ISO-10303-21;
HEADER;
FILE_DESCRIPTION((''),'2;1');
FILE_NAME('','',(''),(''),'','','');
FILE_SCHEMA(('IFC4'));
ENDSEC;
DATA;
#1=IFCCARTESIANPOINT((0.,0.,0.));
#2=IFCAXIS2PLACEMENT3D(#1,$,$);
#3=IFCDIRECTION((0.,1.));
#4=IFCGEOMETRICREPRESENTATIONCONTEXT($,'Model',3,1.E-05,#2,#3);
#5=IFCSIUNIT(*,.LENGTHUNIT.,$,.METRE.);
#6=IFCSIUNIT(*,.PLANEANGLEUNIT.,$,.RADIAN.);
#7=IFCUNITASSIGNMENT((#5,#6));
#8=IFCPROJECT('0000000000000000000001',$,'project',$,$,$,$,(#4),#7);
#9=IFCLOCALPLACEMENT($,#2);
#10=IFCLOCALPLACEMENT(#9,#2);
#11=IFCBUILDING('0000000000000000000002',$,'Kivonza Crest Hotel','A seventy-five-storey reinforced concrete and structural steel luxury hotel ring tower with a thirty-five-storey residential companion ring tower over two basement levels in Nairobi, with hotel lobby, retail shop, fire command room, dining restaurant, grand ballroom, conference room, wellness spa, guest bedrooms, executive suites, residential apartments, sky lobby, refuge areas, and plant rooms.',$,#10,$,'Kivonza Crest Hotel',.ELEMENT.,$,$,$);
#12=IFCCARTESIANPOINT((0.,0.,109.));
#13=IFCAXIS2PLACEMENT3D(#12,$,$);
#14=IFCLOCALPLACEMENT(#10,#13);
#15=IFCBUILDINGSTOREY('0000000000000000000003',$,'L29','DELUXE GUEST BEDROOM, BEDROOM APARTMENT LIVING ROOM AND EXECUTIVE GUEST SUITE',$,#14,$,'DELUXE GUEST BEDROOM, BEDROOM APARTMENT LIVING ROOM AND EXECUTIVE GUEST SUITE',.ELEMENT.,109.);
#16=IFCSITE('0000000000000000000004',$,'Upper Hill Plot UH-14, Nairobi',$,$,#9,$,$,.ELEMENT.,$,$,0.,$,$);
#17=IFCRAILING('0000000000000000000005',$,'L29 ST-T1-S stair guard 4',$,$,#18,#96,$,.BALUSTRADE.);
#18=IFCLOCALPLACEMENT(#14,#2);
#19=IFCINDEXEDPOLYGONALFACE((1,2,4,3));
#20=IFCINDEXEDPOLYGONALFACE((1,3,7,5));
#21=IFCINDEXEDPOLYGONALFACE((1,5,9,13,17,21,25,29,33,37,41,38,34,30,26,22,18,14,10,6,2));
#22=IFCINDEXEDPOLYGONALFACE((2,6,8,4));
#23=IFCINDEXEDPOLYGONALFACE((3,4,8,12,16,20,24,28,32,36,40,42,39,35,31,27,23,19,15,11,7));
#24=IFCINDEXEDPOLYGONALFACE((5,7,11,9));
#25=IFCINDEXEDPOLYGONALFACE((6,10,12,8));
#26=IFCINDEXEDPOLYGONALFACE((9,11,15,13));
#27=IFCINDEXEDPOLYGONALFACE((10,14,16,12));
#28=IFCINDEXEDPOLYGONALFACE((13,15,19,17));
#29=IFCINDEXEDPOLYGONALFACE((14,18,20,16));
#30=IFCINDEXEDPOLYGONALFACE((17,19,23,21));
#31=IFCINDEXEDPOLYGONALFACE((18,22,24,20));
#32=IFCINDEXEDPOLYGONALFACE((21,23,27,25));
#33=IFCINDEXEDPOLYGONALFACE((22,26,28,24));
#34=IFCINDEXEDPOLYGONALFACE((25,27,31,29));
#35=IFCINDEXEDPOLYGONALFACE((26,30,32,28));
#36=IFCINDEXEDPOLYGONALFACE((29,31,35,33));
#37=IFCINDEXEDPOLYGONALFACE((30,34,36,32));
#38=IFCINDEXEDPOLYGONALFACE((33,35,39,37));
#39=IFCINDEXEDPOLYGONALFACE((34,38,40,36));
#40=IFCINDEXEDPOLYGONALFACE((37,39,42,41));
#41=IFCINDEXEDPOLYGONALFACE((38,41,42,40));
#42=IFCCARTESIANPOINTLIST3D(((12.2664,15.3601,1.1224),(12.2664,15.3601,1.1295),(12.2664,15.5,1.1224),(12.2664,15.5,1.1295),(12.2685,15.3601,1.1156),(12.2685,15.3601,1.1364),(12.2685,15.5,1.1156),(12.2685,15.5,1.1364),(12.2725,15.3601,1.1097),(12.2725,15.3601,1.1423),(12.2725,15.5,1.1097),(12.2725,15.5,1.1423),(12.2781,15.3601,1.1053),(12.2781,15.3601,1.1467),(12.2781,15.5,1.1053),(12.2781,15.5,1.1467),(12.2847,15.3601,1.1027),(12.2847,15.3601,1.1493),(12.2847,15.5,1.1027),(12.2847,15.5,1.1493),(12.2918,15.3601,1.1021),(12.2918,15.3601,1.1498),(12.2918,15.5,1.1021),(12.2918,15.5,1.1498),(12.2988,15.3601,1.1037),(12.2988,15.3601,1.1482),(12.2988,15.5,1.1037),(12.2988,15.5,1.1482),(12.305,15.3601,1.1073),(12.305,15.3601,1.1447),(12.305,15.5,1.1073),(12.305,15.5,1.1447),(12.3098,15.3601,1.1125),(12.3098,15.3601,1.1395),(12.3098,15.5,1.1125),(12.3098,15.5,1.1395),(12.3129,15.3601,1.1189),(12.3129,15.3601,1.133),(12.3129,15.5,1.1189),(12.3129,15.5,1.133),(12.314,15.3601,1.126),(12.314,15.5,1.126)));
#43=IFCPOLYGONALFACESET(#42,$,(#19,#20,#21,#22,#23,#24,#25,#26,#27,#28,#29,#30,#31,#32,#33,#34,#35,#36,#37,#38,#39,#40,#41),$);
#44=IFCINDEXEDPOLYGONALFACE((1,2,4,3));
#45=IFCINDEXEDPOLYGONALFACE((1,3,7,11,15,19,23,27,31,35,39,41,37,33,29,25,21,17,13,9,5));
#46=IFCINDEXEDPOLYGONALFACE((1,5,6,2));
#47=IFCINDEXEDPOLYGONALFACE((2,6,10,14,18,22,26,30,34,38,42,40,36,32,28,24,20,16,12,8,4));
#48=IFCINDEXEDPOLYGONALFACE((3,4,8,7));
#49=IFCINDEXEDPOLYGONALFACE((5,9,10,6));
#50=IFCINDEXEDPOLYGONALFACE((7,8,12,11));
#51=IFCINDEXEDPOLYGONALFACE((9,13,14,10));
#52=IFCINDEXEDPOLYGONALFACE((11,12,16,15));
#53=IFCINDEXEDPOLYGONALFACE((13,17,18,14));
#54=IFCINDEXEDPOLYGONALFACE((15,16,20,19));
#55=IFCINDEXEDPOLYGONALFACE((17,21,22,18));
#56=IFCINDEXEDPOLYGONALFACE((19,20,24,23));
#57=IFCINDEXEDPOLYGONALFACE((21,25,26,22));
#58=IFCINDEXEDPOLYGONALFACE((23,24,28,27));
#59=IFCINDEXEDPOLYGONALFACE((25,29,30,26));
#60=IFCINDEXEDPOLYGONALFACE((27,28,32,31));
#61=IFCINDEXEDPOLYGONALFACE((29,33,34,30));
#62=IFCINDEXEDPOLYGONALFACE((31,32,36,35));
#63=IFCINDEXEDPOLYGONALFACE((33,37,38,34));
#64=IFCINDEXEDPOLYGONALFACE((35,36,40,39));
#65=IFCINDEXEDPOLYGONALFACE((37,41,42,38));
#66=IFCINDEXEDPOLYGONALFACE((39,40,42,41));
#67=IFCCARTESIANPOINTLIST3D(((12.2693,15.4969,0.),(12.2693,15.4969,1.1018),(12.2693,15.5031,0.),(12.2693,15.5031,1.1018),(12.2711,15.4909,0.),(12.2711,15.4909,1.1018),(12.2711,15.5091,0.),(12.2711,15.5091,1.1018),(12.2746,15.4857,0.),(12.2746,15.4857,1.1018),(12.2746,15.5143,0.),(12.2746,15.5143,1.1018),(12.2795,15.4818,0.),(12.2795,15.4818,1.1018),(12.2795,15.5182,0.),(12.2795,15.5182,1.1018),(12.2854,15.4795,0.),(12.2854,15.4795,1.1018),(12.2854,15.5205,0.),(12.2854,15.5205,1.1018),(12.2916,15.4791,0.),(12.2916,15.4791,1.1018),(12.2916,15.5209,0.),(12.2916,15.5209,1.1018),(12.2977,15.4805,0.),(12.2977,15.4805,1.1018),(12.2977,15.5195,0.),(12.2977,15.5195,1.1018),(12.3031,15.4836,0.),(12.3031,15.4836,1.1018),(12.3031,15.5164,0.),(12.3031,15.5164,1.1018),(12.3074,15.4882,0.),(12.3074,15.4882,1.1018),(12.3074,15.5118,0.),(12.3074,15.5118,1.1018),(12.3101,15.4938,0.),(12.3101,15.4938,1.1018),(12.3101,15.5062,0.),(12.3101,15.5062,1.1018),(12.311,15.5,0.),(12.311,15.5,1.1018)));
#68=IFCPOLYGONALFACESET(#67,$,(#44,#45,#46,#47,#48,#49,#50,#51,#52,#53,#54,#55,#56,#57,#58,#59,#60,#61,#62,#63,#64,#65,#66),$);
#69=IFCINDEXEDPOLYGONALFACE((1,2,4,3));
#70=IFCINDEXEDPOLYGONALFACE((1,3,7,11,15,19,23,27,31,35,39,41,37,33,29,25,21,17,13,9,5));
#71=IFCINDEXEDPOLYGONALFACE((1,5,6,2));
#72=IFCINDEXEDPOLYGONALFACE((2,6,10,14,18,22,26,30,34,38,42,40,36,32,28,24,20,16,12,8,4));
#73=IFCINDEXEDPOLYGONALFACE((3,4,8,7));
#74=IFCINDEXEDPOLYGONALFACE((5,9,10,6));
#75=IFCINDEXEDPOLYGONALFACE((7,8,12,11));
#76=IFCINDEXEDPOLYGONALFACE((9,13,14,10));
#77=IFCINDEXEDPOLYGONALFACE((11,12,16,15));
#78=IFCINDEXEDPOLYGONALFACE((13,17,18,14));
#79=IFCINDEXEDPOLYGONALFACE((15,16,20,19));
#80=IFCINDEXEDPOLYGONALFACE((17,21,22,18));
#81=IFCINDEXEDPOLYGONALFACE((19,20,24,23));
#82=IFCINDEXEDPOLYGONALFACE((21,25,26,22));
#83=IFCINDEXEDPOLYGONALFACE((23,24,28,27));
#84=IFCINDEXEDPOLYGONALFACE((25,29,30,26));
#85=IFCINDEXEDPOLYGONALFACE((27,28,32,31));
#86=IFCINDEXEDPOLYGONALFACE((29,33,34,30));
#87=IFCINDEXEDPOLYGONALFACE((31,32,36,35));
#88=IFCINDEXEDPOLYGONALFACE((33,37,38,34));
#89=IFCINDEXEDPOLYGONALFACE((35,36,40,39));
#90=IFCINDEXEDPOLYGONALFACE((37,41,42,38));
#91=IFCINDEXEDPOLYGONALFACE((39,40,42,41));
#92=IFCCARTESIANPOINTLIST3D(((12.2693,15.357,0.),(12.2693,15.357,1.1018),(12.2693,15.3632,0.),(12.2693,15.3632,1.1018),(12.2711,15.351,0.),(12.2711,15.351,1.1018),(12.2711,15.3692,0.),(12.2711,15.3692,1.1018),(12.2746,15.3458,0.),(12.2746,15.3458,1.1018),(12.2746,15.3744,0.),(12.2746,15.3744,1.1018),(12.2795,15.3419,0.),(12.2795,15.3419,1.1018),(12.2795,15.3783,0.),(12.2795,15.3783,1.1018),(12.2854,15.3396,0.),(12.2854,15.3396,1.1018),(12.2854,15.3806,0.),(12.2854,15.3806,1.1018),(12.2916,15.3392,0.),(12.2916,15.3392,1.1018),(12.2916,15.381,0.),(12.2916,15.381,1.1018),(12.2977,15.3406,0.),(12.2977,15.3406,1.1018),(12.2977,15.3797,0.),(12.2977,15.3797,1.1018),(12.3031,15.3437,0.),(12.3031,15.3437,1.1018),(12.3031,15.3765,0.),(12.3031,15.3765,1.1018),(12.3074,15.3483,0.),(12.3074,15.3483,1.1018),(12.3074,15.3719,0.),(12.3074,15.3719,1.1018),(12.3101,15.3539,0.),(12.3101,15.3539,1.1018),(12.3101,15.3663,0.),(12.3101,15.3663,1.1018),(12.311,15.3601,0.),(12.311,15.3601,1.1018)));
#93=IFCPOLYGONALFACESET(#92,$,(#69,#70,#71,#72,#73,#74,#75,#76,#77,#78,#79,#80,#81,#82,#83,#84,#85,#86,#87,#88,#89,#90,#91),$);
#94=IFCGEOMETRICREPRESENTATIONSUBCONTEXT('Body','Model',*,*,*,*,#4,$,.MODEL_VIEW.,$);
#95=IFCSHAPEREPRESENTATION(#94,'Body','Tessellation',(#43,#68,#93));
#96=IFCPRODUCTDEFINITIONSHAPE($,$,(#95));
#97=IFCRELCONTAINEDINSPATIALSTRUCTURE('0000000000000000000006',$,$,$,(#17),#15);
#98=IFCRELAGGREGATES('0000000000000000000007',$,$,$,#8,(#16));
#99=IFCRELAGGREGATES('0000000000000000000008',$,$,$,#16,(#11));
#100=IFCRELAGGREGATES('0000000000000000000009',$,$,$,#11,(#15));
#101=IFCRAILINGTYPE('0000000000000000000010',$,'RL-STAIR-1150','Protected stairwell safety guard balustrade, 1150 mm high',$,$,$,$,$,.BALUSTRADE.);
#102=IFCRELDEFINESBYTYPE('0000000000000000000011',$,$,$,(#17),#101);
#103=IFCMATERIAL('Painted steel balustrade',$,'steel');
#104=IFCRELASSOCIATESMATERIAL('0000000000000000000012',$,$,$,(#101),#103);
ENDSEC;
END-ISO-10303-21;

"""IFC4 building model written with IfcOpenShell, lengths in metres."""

from ifc_helpers import new_model, si_unit, direction, frame, origin, origin_2d, place, context, subcontext, project, spatial, circle, extrude, material, type_object, element, save


model = new_model("IFC4")

# Units and contexts
model_context = context("Model", 3, precision=1e-05, world=origin(), true_north=direction((0.0, 1.0)))
body_context = subcontext(model_context, "Body", "Model", "MODEL_VIEW")
ifc_project = project(units=[si_unit("LENGTHUNIT", "METRE"), si_unit("PLANEANGLEUNIT", "RADIAN")], contexts=[model_context])

# Site, building, storey
site_placement = place(None, origin())
site = spatial("IfcSite", under=ifc_project, at=site_placement, Name="Upper Hill Plot UH-14, Nairobi", CompositionType="ELEMENT", RefElevation=0.0)
building_placement = place(site_placement, origin())
building = spatial("IfcBuilding", under=site, at=building_placement, Name="Kivonza Crest Hotel", Description="A seventy-five-storey reinforced concrete and structural steel luxury hotel ring tower with a thirty-five-storey residential companion ring tower over two basement levels in Nairobi, with hotel lobby, retail shop, fire command room, dining restaurant, grand ballroom, conference room, wellness spa, guest bedrooms, executive suites, residential apartments, sky lobby, refuge areas, and plant rooms.", LongName="Kivonza Crest Hotel", CompositionType="ELEMENT")
storey_placement = place(building_placement, frame((0.0, 0.0, 109.0)))
storey = spatial("IfcBuildingStorey", under=building, at=storey_placement, Name="L29", Description="DELUXE GUEST BEDROOM, BEDROOM APARTMENT LIVING ROOM AND EXECUTIVE GUEST SUITE", LongName="DELUXE GUEST BEDROOM, BEDROOM APARTMENT LIVING ROOM AND EXECUTIVE GUEST SUITE", CompositionType="ELEMENT", Elevation=109.0)

# Railing
ifc_material_1 = material(Name="Painted steel balustrade", Category="steel")
railing_type_1 = type_object("IfcRailingType", Name="RL-STAIR-1150", Description="Protected stairwell safety guard balustrade, 1150 mm high", PredefinedType="BALUSTRADE", material=ifc_material_1)
railing_1_placement = place(storey_placement, frame((12.29, 15.5, 0.0)))
element("IfcRailing", 1, at=railing_1_placement, inside=storey, type_object=railing_type_1, Name="L29 ST-T1-S stair guard 4", PredefinedType="BALUSTRADE", context=body_context, shape_type="SweptSolid", body=[
    extrude(circle(Radius=0.0239, at=origin_2d()), frame((0.0, 0.0, 1.126), z_axis=(0.0, -1.0, 0.0), x_axis=(1.0, 0.0, 0.0)), (0.0, 0.0, 1.0), 0.1399),
    extrude(circle(Radius=0.021, at=origin_2d()), origin(), (0.0, 0.0, 1.0), 1.1018),
    extrude(circle(Radius=0.021, at=origin_2d()), frame((0.0, -0.1399, 0.0)), (0.0, 0.0, 1.0), 1.1018),
])

save(model, "model.ifc")
